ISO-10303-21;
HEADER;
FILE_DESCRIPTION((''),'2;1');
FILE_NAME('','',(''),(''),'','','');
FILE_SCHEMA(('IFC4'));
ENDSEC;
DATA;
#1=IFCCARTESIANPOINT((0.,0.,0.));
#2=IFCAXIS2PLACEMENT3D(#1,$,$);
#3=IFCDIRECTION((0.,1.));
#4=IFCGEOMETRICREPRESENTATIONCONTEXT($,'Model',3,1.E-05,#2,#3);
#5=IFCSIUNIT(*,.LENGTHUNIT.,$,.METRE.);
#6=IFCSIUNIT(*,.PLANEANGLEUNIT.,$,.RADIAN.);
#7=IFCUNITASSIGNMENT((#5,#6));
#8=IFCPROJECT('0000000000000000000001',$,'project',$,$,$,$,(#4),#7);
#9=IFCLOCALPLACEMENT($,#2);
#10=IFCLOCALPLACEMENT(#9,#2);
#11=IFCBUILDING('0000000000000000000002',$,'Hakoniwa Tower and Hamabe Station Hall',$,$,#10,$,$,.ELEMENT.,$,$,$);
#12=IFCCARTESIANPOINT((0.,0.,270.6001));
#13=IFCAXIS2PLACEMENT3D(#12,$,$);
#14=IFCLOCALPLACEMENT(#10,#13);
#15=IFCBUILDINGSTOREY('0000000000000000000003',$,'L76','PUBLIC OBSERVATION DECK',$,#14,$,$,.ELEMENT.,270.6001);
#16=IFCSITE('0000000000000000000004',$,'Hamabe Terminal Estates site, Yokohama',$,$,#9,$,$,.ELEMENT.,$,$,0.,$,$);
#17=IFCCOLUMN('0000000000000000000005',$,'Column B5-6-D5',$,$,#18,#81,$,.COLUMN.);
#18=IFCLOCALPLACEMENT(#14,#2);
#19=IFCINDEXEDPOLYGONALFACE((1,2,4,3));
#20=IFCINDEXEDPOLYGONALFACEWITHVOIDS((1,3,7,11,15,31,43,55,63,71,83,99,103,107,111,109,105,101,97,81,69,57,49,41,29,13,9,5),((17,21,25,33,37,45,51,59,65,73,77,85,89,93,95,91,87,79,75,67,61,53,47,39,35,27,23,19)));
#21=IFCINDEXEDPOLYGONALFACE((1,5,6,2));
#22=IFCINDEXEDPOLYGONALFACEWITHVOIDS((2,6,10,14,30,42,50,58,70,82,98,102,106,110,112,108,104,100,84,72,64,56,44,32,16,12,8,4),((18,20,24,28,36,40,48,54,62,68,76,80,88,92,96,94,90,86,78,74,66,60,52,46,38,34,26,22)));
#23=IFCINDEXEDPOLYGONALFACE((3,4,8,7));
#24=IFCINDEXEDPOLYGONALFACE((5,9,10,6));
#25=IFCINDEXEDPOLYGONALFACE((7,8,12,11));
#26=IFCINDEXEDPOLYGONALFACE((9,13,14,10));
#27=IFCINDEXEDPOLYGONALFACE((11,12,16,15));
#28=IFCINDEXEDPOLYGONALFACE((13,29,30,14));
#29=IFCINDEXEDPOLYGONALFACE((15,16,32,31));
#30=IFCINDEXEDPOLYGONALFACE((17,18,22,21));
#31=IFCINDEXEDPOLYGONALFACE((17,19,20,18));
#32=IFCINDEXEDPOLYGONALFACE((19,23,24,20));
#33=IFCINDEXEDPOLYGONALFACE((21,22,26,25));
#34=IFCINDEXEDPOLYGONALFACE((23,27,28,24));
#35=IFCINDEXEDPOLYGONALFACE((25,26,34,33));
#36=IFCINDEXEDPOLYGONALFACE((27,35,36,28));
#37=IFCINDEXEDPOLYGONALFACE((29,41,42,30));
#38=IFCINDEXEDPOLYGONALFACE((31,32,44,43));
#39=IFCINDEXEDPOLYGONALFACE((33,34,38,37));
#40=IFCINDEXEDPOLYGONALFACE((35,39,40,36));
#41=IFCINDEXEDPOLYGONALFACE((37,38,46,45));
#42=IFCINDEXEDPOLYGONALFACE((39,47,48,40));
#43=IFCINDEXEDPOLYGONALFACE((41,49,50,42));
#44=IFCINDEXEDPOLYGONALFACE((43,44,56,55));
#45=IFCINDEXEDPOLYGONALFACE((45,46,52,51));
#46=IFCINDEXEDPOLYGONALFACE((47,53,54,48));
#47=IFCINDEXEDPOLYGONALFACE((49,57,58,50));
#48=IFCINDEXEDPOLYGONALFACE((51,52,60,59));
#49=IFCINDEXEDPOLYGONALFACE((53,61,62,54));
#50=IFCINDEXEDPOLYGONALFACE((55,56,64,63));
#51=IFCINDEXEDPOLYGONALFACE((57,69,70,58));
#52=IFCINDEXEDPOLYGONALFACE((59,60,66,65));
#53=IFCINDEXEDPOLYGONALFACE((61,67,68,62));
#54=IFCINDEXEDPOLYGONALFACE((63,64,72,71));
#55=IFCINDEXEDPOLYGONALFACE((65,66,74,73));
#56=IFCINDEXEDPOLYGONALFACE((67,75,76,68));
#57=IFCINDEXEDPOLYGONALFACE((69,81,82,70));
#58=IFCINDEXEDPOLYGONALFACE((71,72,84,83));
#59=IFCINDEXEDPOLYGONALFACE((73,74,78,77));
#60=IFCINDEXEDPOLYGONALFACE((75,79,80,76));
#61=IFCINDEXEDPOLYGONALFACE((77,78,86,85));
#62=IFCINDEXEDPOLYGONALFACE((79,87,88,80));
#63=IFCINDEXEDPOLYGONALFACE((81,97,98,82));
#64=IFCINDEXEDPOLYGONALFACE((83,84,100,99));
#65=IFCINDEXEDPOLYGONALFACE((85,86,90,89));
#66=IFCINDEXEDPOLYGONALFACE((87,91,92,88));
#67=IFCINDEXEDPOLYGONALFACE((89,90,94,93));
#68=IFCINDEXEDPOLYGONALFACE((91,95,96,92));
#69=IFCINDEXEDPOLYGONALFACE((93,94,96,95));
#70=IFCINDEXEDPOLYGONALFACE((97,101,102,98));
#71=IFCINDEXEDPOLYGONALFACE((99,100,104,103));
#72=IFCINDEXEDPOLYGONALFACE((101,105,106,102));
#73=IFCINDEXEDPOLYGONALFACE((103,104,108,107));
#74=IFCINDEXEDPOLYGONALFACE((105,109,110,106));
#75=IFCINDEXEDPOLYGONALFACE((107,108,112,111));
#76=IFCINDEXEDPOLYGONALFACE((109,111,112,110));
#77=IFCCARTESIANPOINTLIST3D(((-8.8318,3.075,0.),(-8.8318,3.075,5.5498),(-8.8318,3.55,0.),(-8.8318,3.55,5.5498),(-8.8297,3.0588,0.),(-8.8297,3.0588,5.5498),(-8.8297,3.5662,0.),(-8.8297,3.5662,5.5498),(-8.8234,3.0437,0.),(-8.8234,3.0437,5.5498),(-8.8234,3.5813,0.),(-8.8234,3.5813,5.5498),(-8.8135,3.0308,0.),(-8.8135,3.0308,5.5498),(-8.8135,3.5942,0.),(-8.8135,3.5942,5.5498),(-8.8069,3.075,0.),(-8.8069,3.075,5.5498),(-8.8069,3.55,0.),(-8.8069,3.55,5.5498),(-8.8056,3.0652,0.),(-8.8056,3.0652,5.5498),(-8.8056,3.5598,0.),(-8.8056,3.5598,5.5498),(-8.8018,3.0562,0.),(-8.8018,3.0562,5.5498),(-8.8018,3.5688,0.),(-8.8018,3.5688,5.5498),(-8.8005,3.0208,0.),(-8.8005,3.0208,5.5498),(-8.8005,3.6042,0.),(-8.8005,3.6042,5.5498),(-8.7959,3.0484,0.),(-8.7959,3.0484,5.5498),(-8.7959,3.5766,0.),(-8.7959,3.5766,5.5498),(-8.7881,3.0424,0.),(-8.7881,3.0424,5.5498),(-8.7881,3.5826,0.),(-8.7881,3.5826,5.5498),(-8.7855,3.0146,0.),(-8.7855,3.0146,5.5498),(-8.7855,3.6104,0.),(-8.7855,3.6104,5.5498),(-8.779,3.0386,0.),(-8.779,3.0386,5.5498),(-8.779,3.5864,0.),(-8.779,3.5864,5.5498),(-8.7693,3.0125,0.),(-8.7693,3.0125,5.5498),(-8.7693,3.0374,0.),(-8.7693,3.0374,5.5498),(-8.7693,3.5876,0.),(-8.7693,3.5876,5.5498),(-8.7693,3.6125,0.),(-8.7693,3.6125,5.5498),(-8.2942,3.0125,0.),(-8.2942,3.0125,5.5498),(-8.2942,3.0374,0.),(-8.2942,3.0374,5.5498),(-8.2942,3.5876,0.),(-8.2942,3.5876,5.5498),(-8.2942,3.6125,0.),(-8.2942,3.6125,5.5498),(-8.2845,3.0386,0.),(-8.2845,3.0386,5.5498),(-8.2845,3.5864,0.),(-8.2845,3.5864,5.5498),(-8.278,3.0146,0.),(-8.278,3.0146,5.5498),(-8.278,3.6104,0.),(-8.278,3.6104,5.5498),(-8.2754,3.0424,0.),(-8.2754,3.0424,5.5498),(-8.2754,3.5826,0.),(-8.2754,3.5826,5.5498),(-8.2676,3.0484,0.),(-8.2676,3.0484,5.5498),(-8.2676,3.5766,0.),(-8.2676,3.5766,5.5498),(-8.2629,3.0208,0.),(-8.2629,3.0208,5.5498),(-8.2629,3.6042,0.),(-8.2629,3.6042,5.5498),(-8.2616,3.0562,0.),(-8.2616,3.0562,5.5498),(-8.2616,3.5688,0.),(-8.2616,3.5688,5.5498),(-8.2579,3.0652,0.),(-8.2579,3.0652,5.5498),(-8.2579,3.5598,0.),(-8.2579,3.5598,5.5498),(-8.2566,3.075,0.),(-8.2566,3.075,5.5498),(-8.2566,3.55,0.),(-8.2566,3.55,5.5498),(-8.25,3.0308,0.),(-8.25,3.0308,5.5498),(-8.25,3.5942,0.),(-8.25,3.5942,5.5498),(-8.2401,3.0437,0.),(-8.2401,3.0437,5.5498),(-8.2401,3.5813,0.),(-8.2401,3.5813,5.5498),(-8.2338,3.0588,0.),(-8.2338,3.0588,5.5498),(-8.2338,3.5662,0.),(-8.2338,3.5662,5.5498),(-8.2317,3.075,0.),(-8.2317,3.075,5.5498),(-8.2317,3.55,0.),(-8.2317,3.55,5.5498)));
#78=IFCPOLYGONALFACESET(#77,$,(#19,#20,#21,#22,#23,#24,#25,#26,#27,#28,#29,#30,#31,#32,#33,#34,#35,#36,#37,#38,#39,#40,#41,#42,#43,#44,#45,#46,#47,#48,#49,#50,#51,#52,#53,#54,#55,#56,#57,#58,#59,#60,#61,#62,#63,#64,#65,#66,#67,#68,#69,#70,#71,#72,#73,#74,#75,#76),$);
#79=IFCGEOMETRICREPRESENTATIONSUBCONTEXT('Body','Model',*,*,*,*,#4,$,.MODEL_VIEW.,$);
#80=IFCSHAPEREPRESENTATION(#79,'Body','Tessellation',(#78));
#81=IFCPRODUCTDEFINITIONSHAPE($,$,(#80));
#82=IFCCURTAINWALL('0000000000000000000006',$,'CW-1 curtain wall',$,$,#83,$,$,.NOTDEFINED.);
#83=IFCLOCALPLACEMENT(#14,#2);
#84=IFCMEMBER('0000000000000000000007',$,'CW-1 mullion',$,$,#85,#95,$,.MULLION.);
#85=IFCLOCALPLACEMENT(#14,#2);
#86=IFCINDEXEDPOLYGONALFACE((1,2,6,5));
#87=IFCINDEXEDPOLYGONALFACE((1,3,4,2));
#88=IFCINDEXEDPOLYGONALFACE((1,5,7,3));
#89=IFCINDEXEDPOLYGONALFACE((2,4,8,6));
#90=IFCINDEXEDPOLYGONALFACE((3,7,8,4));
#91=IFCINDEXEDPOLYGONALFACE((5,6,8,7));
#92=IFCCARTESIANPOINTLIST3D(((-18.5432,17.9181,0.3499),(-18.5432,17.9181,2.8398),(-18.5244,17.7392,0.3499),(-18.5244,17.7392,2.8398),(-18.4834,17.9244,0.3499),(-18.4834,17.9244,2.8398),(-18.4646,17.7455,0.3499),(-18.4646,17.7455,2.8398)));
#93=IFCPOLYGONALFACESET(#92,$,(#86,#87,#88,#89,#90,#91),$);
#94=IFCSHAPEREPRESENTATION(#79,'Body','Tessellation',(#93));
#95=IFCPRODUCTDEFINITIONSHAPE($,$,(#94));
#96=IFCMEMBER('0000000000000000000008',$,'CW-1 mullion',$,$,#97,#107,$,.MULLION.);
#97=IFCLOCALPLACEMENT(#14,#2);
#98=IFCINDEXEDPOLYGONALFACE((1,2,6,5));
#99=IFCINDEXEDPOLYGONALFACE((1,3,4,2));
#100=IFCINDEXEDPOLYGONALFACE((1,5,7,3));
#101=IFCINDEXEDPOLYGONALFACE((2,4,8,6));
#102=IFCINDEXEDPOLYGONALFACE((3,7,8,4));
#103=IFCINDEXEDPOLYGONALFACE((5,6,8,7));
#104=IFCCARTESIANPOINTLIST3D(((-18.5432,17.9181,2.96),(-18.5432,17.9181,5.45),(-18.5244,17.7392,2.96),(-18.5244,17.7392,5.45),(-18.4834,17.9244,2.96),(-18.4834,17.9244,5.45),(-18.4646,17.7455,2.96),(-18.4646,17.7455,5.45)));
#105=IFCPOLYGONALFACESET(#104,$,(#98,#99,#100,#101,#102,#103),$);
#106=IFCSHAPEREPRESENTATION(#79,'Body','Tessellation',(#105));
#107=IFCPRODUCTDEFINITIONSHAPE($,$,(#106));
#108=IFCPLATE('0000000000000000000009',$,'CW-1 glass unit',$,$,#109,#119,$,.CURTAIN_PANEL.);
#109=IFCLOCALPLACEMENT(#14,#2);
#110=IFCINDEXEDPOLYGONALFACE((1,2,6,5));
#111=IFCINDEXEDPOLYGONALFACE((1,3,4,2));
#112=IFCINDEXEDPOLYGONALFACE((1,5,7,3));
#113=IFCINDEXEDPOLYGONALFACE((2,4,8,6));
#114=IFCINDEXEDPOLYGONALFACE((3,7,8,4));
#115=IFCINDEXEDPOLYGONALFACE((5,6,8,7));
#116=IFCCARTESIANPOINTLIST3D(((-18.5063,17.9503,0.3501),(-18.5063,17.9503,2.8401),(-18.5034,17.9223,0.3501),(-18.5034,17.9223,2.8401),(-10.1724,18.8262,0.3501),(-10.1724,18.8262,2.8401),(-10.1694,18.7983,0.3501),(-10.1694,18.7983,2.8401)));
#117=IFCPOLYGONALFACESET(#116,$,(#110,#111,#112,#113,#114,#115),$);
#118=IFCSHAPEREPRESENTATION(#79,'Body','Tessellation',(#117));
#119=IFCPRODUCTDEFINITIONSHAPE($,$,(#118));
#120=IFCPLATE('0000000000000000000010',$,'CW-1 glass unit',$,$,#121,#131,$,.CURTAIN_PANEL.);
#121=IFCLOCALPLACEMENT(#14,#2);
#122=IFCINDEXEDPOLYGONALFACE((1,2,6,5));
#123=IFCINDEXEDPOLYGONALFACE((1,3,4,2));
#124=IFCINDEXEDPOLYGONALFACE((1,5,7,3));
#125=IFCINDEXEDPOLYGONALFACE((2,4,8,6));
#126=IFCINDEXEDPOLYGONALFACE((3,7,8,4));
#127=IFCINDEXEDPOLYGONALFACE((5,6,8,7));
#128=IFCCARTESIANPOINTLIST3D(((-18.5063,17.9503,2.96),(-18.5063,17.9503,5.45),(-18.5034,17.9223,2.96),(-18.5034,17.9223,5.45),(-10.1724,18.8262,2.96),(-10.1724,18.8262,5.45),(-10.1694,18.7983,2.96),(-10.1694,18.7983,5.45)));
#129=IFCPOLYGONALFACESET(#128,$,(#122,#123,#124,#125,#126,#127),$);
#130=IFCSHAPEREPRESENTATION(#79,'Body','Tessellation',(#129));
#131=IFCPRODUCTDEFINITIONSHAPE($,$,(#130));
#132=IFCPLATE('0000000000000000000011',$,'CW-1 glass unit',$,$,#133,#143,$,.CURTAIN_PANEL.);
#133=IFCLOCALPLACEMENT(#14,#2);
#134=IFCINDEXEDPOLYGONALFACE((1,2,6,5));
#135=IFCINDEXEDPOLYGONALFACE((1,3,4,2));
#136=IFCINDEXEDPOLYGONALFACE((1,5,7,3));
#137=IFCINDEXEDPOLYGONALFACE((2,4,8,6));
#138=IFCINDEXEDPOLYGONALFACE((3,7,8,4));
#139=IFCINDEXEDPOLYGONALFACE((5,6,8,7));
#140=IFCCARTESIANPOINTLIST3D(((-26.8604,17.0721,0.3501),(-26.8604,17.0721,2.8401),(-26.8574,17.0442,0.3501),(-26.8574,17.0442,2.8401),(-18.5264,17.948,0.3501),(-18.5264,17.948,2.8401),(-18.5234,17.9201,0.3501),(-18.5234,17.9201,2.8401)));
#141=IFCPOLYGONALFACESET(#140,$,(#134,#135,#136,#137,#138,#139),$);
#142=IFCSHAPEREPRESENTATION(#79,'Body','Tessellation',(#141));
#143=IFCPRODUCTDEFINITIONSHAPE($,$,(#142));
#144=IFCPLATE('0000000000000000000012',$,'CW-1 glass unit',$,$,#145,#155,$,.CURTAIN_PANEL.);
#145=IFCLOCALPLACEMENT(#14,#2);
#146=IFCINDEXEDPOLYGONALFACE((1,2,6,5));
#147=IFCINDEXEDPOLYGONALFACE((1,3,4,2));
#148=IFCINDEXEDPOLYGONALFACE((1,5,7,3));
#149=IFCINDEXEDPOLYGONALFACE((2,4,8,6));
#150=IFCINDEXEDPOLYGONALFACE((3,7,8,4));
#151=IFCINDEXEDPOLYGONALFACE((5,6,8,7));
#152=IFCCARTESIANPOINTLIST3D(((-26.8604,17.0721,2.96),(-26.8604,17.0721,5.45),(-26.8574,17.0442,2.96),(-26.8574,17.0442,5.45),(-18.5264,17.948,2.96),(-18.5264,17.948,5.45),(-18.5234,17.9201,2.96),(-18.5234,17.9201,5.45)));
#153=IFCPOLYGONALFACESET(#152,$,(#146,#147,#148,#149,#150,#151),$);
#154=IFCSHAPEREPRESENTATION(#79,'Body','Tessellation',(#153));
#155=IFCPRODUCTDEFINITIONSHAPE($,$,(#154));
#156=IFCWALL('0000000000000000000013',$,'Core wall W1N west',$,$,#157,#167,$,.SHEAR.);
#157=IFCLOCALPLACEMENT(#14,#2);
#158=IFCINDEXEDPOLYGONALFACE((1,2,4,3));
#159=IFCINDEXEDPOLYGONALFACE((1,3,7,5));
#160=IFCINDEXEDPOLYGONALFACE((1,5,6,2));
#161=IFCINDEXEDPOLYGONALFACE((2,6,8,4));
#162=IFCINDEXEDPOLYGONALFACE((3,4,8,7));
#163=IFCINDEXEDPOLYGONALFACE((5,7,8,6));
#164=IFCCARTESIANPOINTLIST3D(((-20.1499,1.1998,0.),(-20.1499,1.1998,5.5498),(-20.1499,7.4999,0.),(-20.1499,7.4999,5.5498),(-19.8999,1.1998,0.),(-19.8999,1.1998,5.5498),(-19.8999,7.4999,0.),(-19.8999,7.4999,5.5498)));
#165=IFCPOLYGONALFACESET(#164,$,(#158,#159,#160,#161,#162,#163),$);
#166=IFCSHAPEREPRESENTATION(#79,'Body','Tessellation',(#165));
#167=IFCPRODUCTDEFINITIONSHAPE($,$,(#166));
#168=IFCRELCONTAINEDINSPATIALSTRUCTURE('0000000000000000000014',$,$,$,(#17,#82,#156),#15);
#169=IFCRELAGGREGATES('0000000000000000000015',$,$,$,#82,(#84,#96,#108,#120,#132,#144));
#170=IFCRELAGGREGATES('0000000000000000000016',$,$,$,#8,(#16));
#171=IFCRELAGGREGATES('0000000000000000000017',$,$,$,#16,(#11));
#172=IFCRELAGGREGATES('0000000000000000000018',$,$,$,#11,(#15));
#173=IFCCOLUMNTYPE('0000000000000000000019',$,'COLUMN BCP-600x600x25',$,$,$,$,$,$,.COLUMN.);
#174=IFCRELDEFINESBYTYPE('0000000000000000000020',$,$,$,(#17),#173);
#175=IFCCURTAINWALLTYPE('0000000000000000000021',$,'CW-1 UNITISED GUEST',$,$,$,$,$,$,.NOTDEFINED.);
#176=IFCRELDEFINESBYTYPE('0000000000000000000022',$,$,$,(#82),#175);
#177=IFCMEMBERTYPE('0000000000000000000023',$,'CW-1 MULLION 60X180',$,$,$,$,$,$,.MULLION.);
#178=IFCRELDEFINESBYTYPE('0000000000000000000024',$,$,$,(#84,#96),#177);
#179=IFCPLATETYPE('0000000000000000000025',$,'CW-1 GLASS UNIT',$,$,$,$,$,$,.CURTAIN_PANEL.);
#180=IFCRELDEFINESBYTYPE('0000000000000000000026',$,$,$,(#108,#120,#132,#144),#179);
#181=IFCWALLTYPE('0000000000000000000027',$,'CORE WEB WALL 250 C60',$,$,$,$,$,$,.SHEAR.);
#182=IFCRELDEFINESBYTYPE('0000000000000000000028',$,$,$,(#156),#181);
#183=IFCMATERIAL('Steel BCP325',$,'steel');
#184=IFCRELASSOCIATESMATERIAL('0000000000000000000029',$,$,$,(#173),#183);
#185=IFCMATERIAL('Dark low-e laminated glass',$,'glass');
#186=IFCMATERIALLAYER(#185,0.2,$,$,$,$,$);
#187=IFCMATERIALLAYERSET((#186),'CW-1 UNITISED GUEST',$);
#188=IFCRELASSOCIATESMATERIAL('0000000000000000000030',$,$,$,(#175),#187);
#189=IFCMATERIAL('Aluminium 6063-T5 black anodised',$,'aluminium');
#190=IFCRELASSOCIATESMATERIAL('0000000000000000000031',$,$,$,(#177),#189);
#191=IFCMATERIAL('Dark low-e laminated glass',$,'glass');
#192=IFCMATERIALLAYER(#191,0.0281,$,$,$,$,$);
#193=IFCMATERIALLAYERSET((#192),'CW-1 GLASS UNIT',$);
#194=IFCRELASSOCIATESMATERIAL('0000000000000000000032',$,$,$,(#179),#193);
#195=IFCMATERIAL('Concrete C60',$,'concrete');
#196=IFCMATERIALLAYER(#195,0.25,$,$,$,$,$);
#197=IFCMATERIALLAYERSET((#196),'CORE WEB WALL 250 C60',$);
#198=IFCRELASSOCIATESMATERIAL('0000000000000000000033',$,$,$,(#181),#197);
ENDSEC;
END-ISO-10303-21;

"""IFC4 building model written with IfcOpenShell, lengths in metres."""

from ifc_helpers import new_model, si_unit, direction, frame, frame_2d, origin, origin_2d, place, context, subcontext, project, spatial, rectangle, hollow_rectangle, extrude, material, layer, layer_set, material_profile, profile_set, type_object, element, aggregate, save


model = new_model("IFC4")

# Units and contexts
model_context = context("Model", 3, precision=1e-05, world=origin(), true_north=direction((0.0, 1.0)))
body_context = subcontext(model_context, "Body", "Model", "MODEL_VIEW")
ifc_project = project(units=[si_unit("LENGTHUNIT", "METRE"), si_unit("PLANEANGLEUNIT", "RADIAN")], contexts=[model_context])

# Site, building, storey
site_placement = place(None, origin())
site = spatial("IfcSite", under=ifc_project, at=site_placement, Name="Hamabe Terminal Estates site, Yokohama", CompositionType="ELEMENT", RefElevation=0.0)
building_placement = place(site_placement, origin())
building = spatial("IfcBuilding", under=site, at=building_placement, Name="Hakoniwa Tower and Hamabe Station Hall", CompositionType="ELEMENT")
storey_placement = place(building_placement, frame((0.0, 0.0, 270.6001)))
storey = spatial("IfcBuildingStorey", under=building, at=storey_placement, Name="L76", Description="PUBLIC OBSERVATION DECK", CompositionType="ELEMENT", Elevation=270.6001)

# Column
ifc_material_1 = material(Name="Steel BCP325", Category="steel")
ifc_material_profile_1 = material_profile(ifc_material_1, hollow_rectangle(XDim=0.6001, YDim=0.6001, WallThickness=0.0249, InnerFilletRadius=0.0376, OuterFilletRadius=0.0625, at=origin_2d()), Name="BCP-600x600x25")
ifc_profile_set_1 = profile_set([ifc_material_profile_1], Name="Steel BCP325")
column_type_1 = type_object("IfcColumnType", Name="COLUMN BCP-600x600x25", PredefinedType="COLUMN", material=ifc_profile_set_1)
column_placement = place(storey_placement, frame((-8.5317, 3.3125, 0.0), z_axis=(0.0, 0.0, 1.0), x_axis=(1.0, 0.0, 0.0)))
element("IfcColumn", 1, at=column_placement, inside=storey, type_object=column_type_1, Name="Column B5-6-D5", PredefinedType="COLUMN", context=body_context, shape_type="SweptSolid", body=[
    extrude(hollow_rectangle(XDim=0.6001, YDim=0.6001, WallThickness=0.0249, InnerFilletRadius=0.0376, OuterFilletRadius=0.0625, at=origin_2d()), origin(), (0.0, 0.0, 1.0), 5.5498),
])

# Curtain wall, members, plates
ifc_material_2 = material(Name="Dark low-e laminated glass", Category="glass")
ifc_layer_1 = layer(ifc_material_2, 0.2)
ifc_layer_set_1 = layer_set([ifc_layer_1], Name="CW-1 UNITISED GUEST")
curtain_wall_type = type_object("IfcCurtainWallType", Name="CW-1 UNITISED GUEST", PredefinedType="NOTDEFINED", material=ifc_layer_set_1)
curtain_wall_placement = place(storey_placement, origin())
curtain_wall = element("IfcCurtainWall", 2, at=curtain_wall_placement, inside=storey, type_object=curtain_wall_type, Name="CW-1 curtain wall", PredefinedType="NOTDEFINED")
ifc_material_3 = material(Name="Aluminium 6063-T5 black anodised", Category="aluminium")
ifc_material_profile_2 = material_profile(ifc_material_3, rectangle(XDim=0.0601, YDim=0.1799, at=origin_2d()), Name="CW-1 MULLION 60X180")
ifc_profile_set_2 = profile_set([ifc_material_profile_2], Name="Aluminium 6063-T5 black anodised")
member_type = type_object("IfcMemberType", Name="CW-1 MULLION 60X180", PredefinedType="MULLION", material=ifc_profile_set_2)
member_1_placement = place(storey_placement, frame((-18.5039, 17.8318, 0.3499), z_axis=(0.0, 0.0, 1.0), x_axis=(-0.994522, -0.104528, 0.0)))
member_1 = element("IfcMember", 3, at=member_1_placement, type_object=member_type, Name="CW-1 mullion", PredefinedType="MULLION", context=body_context, shape_type="SweptSolid", body=[
    extrude(rectangle(XDim=0.0601, YDim=0.1799, at=origin_2d()), origin(), (0.0, 0.0, 1.0), 2.49),
])
member_2_placement = place(storey_placement, frame((-18.5039, 17.8318, 2.96), z_axis=(0.0, 0.0, 1.0), x_axis=(-0.994522, -0.104528, 0.0)))
member_2 = element("IfcMember", 4, at=member_2_placement, type_object=member_type, Name="CW-1 mullion", PredefinedType="MULLION", context=body_context, shape_type="SweptSolid", body=[
    extrude(rectangle(XDim=0.0601, YDim=0.1799, at=origin_2d()), origin(), (0.0, 0.0, 1.0), 2.49),
])
ifc_material_4 = material(Name="Dark low-e laminated glass", Category="glass")
ifc_layer_2 = layer(ifc_material_4, 0.0281)
ifc_layer_set_2 = layer_set([ifc_layer_2], Name="CW-1 GLASS UNIT")
plate_type = type_object("IfcPlateType", Name="CW-1 GLASS UNIT", PredefinedType="CURTAIN_PANEL", material=ifc_layer_set_2)
plate_1_placement = place(storey_placement, frame((-14.3379, 18.3743, 0.3501), z_axis=(0.0, 0.0, 1.0), x_axis=(-0.994522, -0.104528, 0.0)))
plate_1 = element("IfcPlate", 5, at=plate_1_placement, type_object=plate_type, Name="CW-1 glass unit", PredefinedType="CURTAIN_PANEL", context=body_context, shape_type="SweptSolid", body=[
    extrude(rectangle(XDim=8.3799, YDim=0.0281, at=origin_2d()), origin(), (0.0, 0.0, 1.0), 2.49),
])
plate_2_placement = place(storey_placement, frame((-14.3379, 18.3743, 2.96), z_axis=(0.0, 0.0, 1.0), x_axis=(-0.994522, -0.104528, 0.0)))
plate_2 = element("IfcPlate", 6, at=plate_2_placement, type_object=plate_type, Name="CW-1 glass unit", PredefinedType="CURTAIN_PANEL", context=body_context, shape_type="SweptSolid", body=[
    extrude(rectangle(XDim=8.3799, YDim=0.0281, at=origin_2d()), origin(), (0.0, 0.0, 1.0), 2.49),
])
plate_3_placement = place(storey_placement, frame((-22.6919, 17.4961, 0.3501), z_axis=(0.0, 0.0, 1.0), x_axis=(-0.994522, -0.104528, 0.0)))
plate_3 = element("IfcPlate", 7, at=plate_3_placement, type_object=plate_type, Name="CW-1 glass unit", PredefinedType="CURTAIN_PANEL", context=body_context, shape_type="SweptSolid", body=[
    extrude(rectangle(XDim=8.3799, YDim=0.0281, at=origin_2d()), origin(), (0.0, 0.0, 1.0), 2.49),
])
plate_4_placement = place(storey_placement, frame((-22.6919, 17.4961, 2.96), z_axis=(0.0, 0.0, 1.0), x_axis=(-0.994522, -0.104528, 0.0)))
plate_4 = element("IfcPlate", 8, at=plate_4_placement, type_object=plate_type, Name="CW-1 glass unit", PredefinedType="CURTAIN_PANEL", context=body_context, shape_type="SweptSolid", body=[
    extrude(rectangle(XDim=8.3799, YDim=0.0281, at=origin_2d()), origin(), (0.0, 0.0, 1.0), 2.49),
])
aggregate(curtain_wall, [member_1, member_2, plate_1, plate_2, plate_3, plate_4])

# Wall
ifc_material_5 = material(Name="Concrete C60", Category="concrete")
ifc_layer_3 = layer(ifc_material_5, 0.25)
ifc_layer_set_3 = layer_set([ifc_layer_3], Name="CORE WEB WALL 250 C60")
wall_type_1 = type_object("IfcWallType", Name="CORE WEB WALL 250 C60", PredefinedType="SHEAR", material=ifc_layer_set_3)
wall_1_placement = place(storey_placement, frame((-20.0249, 1.2, 0.0), z_axis=(0.0, 0.0, 1.0), x_axis=(0.0, 1.0, 0.0)))
element("IfcWall", 9, at=wall_1_placement, inside=storey, type_object=wall_type_1, Name="Core wall W1N west", PredefinedType="SHEAR", context=body_context, shape_type="SweptSolid", body=[
    extrude(rectangle(XDim=6.3, YDim=0.25, at=frame_2d((3.1499, 0.0))), origin(), (0.0, 0.0, 1.0), 5.5498),
])

save(model, "model.ifc")
